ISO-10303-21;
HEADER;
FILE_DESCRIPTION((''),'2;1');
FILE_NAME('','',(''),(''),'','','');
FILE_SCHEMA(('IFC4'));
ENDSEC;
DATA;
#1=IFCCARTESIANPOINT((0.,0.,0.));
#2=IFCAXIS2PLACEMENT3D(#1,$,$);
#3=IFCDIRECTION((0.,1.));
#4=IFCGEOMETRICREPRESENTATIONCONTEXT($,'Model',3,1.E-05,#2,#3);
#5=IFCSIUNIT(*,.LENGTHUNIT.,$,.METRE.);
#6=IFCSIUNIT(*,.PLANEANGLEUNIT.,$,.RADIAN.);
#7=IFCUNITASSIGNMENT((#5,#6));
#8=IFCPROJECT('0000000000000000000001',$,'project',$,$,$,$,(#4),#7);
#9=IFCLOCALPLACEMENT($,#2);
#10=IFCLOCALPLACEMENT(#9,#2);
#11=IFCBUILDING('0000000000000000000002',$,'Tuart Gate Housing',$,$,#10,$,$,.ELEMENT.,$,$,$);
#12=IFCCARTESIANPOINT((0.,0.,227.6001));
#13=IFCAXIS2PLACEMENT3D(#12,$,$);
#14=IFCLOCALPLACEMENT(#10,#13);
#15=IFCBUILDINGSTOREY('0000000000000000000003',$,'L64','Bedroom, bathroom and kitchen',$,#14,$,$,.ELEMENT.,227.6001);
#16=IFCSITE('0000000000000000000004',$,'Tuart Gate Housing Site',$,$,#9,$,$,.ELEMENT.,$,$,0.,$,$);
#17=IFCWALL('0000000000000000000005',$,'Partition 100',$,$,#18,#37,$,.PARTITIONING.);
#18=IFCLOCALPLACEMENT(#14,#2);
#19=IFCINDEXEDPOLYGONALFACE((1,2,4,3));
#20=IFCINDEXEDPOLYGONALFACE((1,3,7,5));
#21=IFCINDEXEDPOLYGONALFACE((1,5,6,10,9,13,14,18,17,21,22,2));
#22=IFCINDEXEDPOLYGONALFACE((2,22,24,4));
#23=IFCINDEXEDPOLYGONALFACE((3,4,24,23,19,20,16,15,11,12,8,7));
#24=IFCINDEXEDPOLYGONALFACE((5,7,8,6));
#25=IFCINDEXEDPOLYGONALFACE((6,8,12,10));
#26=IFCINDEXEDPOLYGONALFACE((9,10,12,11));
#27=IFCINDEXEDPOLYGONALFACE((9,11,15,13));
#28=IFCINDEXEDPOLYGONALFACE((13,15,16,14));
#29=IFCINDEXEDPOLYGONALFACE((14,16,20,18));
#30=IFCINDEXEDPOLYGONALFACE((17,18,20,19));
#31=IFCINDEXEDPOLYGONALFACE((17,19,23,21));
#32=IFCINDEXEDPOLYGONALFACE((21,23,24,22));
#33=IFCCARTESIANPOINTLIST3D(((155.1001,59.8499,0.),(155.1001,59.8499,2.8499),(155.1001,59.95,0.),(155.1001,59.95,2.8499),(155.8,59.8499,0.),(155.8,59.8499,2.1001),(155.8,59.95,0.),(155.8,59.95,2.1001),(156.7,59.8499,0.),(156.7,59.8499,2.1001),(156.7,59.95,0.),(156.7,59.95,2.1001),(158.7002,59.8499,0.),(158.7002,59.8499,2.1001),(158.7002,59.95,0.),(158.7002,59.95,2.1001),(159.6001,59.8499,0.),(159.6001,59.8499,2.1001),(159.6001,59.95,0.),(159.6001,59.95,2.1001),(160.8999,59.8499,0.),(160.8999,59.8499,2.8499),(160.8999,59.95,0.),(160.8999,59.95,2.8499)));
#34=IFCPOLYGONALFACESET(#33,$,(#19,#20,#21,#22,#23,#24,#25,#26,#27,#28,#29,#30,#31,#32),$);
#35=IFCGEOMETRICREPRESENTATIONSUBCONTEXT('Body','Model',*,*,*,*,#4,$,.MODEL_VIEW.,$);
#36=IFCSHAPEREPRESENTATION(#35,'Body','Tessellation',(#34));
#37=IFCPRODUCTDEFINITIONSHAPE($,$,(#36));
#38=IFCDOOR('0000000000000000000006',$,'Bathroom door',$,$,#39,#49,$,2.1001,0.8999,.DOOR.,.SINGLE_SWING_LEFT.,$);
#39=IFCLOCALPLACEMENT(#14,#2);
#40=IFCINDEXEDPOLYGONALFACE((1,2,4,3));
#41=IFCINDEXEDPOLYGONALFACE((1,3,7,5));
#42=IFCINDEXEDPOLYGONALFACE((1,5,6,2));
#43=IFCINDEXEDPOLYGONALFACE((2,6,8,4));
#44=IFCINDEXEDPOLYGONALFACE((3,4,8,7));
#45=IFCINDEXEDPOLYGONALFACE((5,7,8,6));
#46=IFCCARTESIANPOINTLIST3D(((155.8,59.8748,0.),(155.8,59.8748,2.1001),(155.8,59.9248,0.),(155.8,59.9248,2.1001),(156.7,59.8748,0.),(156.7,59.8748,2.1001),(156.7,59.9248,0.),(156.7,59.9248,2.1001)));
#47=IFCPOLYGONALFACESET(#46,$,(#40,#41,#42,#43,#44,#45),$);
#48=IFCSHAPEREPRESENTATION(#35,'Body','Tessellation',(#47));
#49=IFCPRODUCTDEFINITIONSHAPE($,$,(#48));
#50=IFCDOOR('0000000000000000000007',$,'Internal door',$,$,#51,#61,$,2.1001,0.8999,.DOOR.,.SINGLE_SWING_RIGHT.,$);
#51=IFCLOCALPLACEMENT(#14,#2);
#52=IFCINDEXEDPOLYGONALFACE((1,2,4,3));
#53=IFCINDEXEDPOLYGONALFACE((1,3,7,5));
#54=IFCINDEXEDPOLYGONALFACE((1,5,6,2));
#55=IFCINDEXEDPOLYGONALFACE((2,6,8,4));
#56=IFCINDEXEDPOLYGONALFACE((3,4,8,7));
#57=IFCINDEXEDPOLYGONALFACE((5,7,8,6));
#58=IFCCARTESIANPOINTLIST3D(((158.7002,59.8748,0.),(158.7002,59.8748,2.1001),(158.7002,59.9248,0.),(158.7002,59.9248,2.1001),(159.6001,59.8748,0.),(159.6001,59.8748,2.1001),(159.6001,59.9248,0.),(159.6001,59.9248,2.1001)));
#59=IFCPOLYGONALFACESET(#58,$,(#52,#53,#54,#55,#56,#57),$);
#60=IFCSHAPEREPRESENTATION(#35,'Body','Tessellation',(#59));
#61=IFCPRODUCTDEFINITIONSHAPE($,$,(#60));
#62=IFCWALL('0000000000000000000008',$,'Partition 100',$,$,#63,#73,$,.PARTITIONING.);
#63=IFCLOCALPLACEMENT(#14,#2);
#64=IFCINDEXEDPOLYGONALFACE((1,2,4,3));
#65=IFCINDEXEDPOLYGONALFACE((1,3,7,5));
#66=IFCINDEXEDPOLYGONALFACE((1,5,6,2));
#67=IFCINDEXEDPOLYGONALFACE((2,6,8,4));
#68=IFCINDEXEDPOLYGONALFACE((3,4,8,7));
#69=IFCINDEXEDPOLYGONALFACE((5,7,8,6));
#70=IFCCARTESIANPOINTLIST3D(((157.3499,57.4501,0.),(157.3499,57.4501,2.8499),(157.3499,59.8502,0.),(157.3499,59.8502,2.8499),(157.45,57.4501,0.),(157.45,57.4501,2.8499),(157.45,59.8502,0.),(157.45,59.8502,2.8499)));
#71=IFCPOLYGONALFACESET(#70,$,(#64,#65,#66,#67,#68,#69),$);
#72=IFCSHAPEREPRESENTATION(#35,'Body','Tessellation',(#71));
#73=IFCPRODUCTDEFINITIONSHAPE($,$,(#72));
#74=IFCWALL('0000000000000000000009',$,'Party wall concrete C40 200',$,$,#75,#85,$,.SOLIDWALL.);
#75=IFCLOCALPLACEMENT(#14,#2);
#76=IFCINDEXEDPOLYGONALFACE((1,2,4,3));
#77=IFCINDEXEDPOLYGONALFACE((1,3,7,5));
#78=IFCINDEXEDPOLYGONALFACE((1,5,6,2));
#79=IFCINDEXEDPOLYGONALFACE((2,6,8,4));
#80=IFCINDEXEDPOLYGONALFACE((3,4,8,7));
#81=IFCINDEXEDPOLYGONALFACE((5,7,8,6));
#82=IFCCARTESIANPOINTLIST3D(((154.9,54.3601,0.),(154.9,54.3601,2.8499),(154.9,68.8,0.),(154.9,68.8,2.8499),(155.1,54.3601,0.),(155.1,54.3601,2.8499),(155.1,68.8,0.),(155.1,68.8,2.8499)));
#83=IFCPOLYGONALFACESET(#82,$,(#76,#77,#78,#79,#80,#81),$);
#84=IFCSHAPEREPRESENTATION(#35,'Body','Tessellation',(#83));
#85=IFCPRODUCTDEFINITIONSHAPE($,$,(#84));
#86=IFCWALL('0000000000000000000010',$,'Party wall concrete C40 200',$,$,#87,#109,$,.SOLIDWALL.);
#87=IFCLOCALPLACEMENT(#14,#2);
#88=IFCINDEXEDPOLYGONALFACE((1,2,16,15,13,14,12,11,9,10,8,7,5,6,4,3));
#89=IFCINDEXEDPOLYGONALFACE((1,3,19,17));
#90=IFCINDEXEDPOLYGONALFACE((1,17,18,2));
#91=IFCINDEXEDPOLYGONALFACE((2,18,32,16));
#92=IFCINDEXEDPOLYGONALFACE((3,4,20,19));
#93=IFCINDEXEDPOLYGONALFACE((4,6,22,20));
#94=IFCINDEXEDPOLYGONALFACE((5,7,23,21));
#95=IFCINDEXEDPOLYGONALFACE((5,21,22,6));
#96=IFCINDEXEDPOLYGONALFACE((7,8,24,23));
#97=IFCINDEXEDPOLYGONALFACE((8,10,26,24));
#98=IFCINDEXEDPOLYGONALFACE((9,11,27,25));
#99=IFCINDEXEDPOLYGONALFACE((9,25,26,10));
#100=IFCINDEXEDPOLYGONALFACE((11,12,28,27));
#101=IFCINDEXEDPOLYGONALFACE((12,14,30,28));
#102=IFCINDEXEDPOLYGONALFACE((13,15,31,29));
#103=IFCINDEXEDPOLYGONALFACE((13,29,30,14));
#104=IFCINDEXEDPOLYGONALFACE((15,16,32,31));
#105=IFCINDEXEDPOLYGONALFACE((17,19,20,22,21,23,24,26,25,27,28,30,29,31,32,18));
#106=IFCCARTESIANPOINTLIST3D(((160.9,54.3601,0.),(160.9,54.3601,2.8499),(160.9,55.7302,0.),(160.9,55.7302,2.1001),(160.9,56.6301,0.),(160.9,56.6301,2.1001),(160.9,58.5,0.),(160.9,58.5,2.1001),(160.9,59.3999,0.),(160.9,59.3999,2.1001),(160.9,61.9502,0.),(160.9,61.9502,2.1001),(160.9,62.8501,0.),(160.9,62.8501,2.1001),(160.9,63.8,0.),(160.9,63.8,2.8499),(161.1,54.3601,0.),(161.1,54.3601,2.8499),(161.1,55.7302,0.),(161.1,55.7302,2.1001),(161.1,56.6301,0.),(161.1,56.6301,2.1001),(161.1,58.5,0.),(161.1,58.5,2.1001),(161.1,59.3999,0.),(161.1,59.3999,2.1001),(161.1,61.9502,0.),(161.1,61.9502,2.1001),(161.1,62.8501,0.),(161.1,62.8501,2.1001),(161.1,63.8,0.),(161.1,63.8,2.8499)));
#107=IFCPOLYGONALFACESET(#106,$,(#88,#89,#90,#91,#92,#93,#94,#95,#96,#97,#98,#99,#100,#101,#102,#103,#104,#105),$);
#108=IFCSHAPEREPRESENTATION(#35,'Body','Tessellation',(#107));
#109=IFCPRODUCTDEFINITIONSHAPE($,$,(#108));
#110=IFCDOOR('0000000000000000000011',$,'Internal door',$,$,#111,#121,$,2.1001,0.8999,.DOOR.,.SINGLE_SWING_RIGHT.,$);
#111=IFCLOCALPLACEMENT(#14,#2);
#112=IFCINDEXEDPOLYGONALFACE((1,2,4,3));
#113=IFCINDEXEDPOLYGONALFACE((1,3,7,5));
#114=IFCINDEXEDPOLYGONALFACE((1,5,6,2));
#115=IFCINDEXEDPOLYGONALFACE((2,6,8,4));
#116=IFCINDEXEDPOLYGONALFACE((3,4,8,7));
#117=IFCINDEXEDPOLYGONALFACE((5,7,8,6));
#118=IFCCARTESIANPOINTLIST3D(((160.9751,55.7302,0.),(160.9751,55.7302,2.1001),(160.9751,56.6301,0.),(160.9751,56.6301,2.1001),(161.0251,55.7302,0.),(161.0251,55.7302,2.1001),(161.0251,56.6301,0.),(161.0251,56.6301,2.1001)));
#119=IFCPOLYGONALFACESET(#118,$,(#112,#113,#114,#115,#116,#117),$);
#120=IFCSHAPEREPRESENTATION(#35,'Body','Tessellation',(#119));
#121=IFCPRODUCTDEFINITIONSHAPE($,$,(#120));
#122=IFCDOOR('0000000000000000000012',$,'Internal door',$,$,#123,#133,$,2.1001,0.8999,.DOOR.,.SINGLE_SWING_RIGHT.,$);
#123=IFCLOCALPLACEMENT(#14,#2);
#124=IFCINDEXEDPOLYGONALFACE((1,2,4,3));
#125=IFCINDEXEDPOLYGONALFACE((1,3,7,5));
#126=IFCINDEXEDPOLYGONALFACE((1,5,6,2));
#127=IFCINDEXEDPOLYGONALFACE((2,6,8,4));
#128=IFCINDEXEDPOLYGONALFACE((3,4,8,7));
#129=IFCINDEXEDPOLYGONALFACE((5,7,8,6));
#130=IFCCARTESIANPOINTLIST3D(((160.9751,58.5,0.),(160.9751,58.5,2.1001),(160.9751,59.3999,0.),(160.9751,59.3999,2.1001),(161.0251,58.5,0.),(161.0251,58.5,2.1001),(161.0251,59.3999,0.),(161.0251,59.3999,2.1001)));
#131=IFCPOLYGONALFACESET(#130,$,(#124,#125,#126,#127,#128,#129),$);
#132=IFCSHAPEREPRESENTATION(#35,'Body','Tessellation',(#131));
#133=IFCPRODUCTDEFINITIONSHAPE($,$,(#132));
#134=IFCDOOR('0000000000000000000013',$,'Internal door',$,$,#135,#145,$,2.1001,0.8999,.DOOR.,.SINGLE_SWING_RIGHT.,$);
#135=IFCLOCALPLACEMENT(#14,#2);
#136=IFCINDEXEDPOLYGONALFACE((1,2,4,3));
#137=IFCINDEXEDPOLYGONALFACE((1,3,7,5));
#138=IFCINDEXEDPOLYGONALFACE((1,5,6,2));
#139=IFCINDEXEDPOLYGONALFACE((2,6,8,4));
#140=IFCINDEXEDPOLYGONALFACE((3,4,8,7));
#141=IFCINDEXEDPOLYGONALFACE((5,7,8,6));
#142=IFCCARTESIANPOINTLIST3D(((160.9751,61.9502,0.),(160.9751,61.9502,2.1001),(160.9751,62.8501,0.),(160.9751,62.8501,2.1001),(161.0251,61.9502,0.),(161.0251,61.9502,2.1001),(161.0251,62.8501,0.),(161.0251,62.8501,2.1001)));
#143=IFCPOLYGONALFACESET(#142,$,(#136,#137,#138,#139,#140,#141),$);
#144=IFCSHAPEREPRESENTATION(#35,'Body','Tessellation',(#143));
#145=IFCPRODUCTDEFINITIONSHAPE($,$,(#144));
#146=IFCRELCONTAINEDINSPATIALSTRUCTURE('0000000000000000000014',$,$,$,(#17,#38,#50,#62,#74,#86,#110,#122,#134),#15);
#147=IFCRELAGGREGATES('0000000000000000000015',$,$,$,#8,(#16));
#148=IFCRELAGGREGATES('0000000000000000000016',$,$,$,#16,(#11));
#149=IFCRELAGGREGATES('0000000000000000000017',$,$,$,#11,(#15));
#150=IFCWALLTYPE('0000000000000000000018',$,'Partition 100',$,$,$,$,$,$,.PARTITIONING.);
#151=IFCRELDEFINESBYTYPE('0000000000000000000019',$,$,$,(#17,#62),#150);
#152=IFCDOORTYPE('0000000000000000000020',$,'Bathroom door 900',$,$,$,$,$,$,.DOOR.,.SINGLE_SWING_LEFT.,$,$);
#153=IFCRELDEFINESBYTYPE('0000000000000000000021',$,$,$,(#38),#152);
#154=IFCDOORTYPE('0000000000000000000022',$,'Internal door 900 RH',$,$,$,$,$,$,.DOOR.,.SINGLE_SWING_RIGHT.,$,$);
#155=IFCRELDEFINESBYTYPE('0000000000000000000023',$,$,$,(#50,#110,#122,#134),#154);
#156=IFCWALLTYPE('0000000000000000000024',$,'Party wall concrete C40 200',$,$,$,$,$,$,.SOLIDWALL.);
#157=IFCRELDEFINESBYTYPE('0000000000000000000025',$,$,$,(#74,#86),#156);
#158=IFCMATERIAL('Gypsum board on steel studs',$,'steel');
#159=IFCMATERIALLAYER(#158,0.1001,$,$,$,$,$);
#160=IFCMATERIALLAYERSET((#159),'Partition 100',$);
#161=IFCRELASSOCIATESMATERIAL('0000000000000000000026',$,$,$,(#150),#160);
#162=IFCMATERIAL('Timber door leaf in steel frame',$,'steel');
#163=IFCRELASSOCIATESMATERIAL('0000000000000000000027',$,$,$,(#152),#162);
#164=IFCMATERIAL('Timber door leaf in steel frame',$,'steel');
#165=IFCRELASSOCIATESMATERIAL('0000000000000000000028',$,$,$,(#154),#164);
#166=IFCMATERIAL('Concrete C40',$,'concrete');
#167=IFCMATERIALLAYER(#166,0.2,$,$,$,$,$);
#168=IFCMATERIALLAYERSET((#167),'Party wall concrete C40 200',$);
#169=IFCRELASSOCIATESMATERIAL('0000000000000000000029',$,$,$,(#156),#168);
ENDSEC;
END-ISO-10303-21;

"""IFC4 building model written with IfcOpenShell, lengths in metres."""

from ifc_helpers import new_model, si_unit, direction, frame, frame_2d, origin, place, context, subcontext, project, spatial, rectangle, extrude, material, layer, layer_set, type_object, element, fill, save


model = new_model("IFC4")

# Units and contexts
model_context = context("Model", 3, precision=1e-05, world=origin(), true_north=direction((0.0, 1.0)))
body_context = subcontext(model_context, "Body", "Model", "MODEL_VIEW")
ifc_project = project(units=[si_unit("LENGTHUNIT", "METRE"), si_unit("PLANEANGLEUNIT", "RADIAN")], contexts=[model_context])

# Site, building, storey
site_placement = place(None, origin())
site = spatial("IfcSite", under=ifc_project, at=site_placement, Name="Tuart Gate Housing Site", CompositionType="ELEMENT", RefElevation=0.0)
building_placement = place(site_placement, origin())
building = spatial("IfcBuilding", under=site, at=building_placement, Name="Tuart Gate Housing", CompositionType="ELEMENT")
storey_placement = place(building_placement, frame((0.0, 0.0, 227.6001)))
storey = spatial("IfcBuildingStorey", under=building, at=storey_placement, Name="L64", Description="Bedroom, bathroom and kitchen", CompositionType="ELEMENT", Elevation=227.6001)

# Shared definitions
ifc_material_1 = material(Name="Gypsum board on steel studs", Category="steel")
ifc_layer_1 = layer(ifc_material_1, 0.1001)
ifc_layer_set_1 = layer_set([ifc_layer_1], Name="Partition 100")
wall_type_1 = type_object("IfcWallType", Name="Partition 100", PredefinedType="PARTITIONING", material=ifc_layer_set_1)

# Wall, openings, doors
wall_1_placement = place(storey_placement, frame((155.1001, 59.8999, 0.0), z_axis=(0.0, 0.0, 1.0), x_axis=(1.0, 0.0, 0.0)))
wall_1 = element("IfcWall", 1, at=wall_1_placement, inside=storey, type_object=wall_type_1, Name="Partition 100", PredefinedType="PARTITIONING", context=body_context, shape_type="SweptSolid", body=[
    extrude(rectangle(XDim=5.7998, YDim=0.1001, at=frame_2d((2.8999, 0.0))), origin(), (0.0, 0.0, 1.0), 2.8499),
])
opening_1_placement = place(wall_1_placement, frame((3.6001, 0.0, 0.0)))
opening_1 = element("IfcOpeningElement", 2, at=opening_1_placement, cuts=wall_1, PredefinedType="OPENING", context=body_context, shape_type="SweptSolid", body=[
    extrude(rectangle(XDim=0.8999, YDim=2.1001, at=frame_2d((0.45, 1.05))), frame((0.0, 0.0601, 0.0), z_axis=(0.0, -1.0, 0.0), x_axis=(1.0, 0.0, 0.0)), (0.0, 0.0, 1.0), 0.1201),
])
opening_2_placement = place(wall_1_placement, frame((0.7, 0.0, 0.0)))
opening_2 = element("IfcOpeningElement", 3, at=opening_2_placement, cuts=wall_1, PredefinedType="OPENING", context=body_context, shape_type="SweptSolid", body=[
    extrude(rectangle(XDim=0.8999, YDim=2.1001, at=frame_2d((0.45, 1.05))), frame((0.0, 0.0601, 0.0), z_axis=(0.0, -1.0, 0.0), x_axis=(1.0, 0.0, 0.0)), (0.0, 0.0, 1.0), 0.1201),
])
ifc_material_2 = material(Name="Timber door leaf in steel frame", Category="steel")
door_type_1 = type_object("IfcDoorType", Name="Bathroom door 900", OperationType="SINGLE_SWING_LEFT", PredefinedType="DOOR", material=ifc_material_2)
door_1_placement = place(opening_2_placement, frame((0.8999, 0.0, 0.0), z_axis=(0.0, 0.0, 1.0), x_axis=(-1.0, 0.0, 0.0)))
door_1 = element("IfcDoor", 4, at=door_1_placement, inside=storey, type_object=door_type_1, Name="Bathroom door", OperationType="SINGLE_SWING_LEFT", OverallHeight=2.1001, OverallWidth=0.8999, PredefinedType="DOOR", context=body_context, shape_type="SweptSolid", body=[
    extrude(rectangle(XDim=0.8999, YDim=2.1001, at=frame_2d((0.45, 1.05))), frame((0.0, 0.0251, 0.0), z_axis=(0.0, -1.0, 0.0), x_axis=(1.0, 0.0, 0.0)), (0.0, 0.0, 1.0), 0.05),
])
fill(opening_2, door_1)
ifc_material_3 = material(Name="Timber door leaf in steel frame", Category="steel")
door_type_2 = type_object("IfcDoorType", Name="Internal door 900 RH", OperationType="SINGLE_SWING_RIGHT", PredefinedType="DOOR", material=ifc_material_3)
door_2_placement = place(opening_1_placement, origin())
door_2 = element("IfcDoor", 5, at=door_2_placement, inside=storey, type_object=door_type_2, Name="Internal door", OperationType="SINGLE_SWING_RIGHT", OverallHeight=2.1001, OverallWidth=0.8999, PredefinedType="DOOR", context=body_context, shape_type="SweptSolid", body=[
    extrude(rectangle(XDim=0.8999, YDim=2.1001, at=frame_2d((0.45, 1.05))), frame((0.0, 0.0249, 0.0), z_axis=(0.0, -1.0, 0.0), x_axis=(1.0, 0.0, 0.0)), (0.0, 0.0, 1.0), 0.05),
])
fill(opening_1, door_2)

# Walls
wall_2_placement = place(storey_placement, frame((157.3999, 57.45, 0.0), z_axis=(0.0, 0.0, 1.0), x_axis=(0.0, 1.0, 0.0)))
element("IfcWall", 6, at=wall_2_placement, inside=storey, type_object=wall_type_1, Name="Partition 100", PredefinedType="PARTITIONING", context=body_context, shape_type="SweptSolid", body=[
    extrude(rectangle(XDim=2.4001, YDim=0.1001, at=frame_2d((1.2002, 0.0))), origin(), (0.0, 0.0, 1.0), 2.8499),
])
ifc_material_4 = material(Name="Concrete C40", Category="concrete")
ifc_layer_2 = layer(ifc_material_4, 0.2)
ifc_layer_set_2 = layer_set([ifc_layer_2], Name="Party wall concrete C40 200")
wall_type_2 = type_object("IfcWallType", Name="Party wall concrete C40 200", PredefinedType="SOLIDWALL", material=ifc_layer_set_2)
wall_3_placement = place(storey_placement, frame((155.0, 54.3601, 0.0), z_axis=(0.0, 0.0, 1.0), x_axis=(0.0, 1.0, 0.0)))
element("IfcWall", 7, at=wall_3_placement, inside=storey, type_object=wall_type_2, Name="Party wall concrete C40 200", PredefinedType="SOLIDWALL", context=body_context, shape_type="SweptSolid", body=[
    extrude(rectangle(XDim=14.4399, YDim=0.2, at=frame_2d((7.22, 0.0))), origin(), (0.0, 0.0, 1.0), 2.8499),
])

# Wall, openings, doors
wall_4_placement = place(storey_placement, frame((161.0, 54.3601, 0.0), z_axis=(0.0, 0.0, 1.0), x_axis=(0.0, 1.0, 0.0)))
wall_4 = element("IfcWall", 8, at=wall_4_placement, inside=storey, type_object=wall_type_2, Name="Party wall concrete C40 200", PredefinedType="SOLIDWALL", context=body_context, shape_type="SweptSolid", body=[
    extrude(rectangle(XDim=9.4399, YDim=0.2, at=frame_2d((4.72, 0.0))), origin(), (0.0, 0.0, 1.0), 2.8499),
])
opening_3_placement = place(wall_4_placement, frame((1.3701, 0.0, 0.0)))
opening_3 = element("IfcOpeningElement", 9, at=opening_3_placement, cuts=wall_4, PredefinedType="OPENING", context=body_context, shape_type="SweptSolid", body=[
    extrude(rectangle(XDim=0.8999, YDim=2.1001, at=frame_2d((0.45, 1.05))), frame((0.0, 0.1099, 0.0), z_axis=(0.0, -1.0, 0.0), x_axis=(1.0, 0.0, 0.0)), (0.0, 0.0, 1.0), 0.22),
])
opening_4_placement = place(wall_4_placement, frame((4.1399, 0.0, 0.0)))
opening_4 = element("IfcOpeningElement", 10, at=opening_4_placement, cuts=wall_4, PredefinedType="OPENING", context=body_context, shape_type="SweptSolid", body=[
    extrude(rectangle(XDim=0.8999, YDim=2.1001, at=frame_2d((0.45, 1.05))), frame((0.0, 0.1099, 0.0), z_axis=(0.0, -1.0, 0.0), x_axis=(1.0, 0.0, 0.0)), (0.0, 0.0, 1.0), 0.22),
])
opening_5_placement = place(wall_4_placement, frame((7.5901, 0.0, 0.0)))
opening_5 = element("IfcOpeningElement", 11, at=opening_5_placement, cuts=wall_4, PredefinedType="OPENING", context=body_context, shape_type="SweptSolid", body=[
    extrude(rectangle(XDim=0.8999, YDim=2.1001, at=frame_2d((0.45, 1.05))), frame((0.0, 0.1099, 0.0), z_axis=(0.0, -1.0, 0.0), x_axis=(1.0, 0.0, 0.0)), (0.0, 0.0, 1.0), 0.22),
])
door_3_placement = place(opening_3_placement, frame((0.8999, 0.0, 0.0), z_axis=(0.0, 0.0, 1.0), x_axis=(-1.0, 0.0, 0.0)))
door_3 = element("IfcDoor", 12, at=door_3_placement, inside=storey, type_object=door_type_2, Name="Internal door", OperationType="SINGLE_SWING_RIGHT", OverallHeight=2.1001, OverallWidth=0.8999, PredefinedType="DOOR", context=body_context, shape_type="SweptSolid", body=[
    extrude(rectangle(XDim=0.8999, YDim=2.1001, at=frame_2d((0.45, 1.05))), frame((0.0, 0.0251, 0.0), z_axis=(0.0, -1.0, 0.0), x_axis=(1.0, 0.0, 0.0)), (0.0, 0.0, 1.0), 0.05),
])
fill(opening_3, door_3)
door_4_placement = place(opening_4_placement, frame((0.8999, 0.0, 0.0), z_axis=(0.0, 0.0, 1.0), x_axis=(-1.0, 0.0, 0.0)))
door_4 = element("IfcDoor", 13, at=door_4_placement, inside=storey, type_object=door_type_2, Name="Internal door", OperationType="SINGLE_SWING_RIGHT", OverallHeight=2.1001, OverallWidth=0.8999, PredefinedType="DOOR", context=body_context, shape_type="SweptSolid", body=[
    extrude(rectangle(XDim=0.8999, YDim=2.1001, at=frame_2d((0.45, 1.05))), frame((0.0, 0.0251, 0.0), z_axis=(0.0, -1.0, 0.0), x_axis=(1.0, 0.0, 0.0)), (0.0, 0.0, 1.0), 0.05),
])
fill(opening_4, door_4)
door_5_placement = place(opening_5_placement, frame((0.8999, 0.0, 0.0), z_axis=(0.0, 0.0, 1.0), x_axis=(-1.0, 0.0, 0.0)))
door_5 = element("IfcDoor", 14, at=door_5_placement, inside=storey, type_object=door_type_2, Name="Internal door", OperationType="SINGLE_SWING_RIGHT", OverallHeight=2.1001, OverallWidth=0.8999, PredefinedType="DOOR", context=body_context, shape_type="SweptSolid", body=[
    extrude(rectangle(XDim=0.8999, YDim=2.1001, at=frame_2d((0.45, 1.05))), frame((0.0, 0.0251, 0.0), z_axis=(0.0, -1.0, 0.0), x_axis=(1.0, 0.0, 0.0)), (0.0, 0.0, 1.0), 0.05),
])
fill(opening_5, door_5)

save(model, "model.ifc")
